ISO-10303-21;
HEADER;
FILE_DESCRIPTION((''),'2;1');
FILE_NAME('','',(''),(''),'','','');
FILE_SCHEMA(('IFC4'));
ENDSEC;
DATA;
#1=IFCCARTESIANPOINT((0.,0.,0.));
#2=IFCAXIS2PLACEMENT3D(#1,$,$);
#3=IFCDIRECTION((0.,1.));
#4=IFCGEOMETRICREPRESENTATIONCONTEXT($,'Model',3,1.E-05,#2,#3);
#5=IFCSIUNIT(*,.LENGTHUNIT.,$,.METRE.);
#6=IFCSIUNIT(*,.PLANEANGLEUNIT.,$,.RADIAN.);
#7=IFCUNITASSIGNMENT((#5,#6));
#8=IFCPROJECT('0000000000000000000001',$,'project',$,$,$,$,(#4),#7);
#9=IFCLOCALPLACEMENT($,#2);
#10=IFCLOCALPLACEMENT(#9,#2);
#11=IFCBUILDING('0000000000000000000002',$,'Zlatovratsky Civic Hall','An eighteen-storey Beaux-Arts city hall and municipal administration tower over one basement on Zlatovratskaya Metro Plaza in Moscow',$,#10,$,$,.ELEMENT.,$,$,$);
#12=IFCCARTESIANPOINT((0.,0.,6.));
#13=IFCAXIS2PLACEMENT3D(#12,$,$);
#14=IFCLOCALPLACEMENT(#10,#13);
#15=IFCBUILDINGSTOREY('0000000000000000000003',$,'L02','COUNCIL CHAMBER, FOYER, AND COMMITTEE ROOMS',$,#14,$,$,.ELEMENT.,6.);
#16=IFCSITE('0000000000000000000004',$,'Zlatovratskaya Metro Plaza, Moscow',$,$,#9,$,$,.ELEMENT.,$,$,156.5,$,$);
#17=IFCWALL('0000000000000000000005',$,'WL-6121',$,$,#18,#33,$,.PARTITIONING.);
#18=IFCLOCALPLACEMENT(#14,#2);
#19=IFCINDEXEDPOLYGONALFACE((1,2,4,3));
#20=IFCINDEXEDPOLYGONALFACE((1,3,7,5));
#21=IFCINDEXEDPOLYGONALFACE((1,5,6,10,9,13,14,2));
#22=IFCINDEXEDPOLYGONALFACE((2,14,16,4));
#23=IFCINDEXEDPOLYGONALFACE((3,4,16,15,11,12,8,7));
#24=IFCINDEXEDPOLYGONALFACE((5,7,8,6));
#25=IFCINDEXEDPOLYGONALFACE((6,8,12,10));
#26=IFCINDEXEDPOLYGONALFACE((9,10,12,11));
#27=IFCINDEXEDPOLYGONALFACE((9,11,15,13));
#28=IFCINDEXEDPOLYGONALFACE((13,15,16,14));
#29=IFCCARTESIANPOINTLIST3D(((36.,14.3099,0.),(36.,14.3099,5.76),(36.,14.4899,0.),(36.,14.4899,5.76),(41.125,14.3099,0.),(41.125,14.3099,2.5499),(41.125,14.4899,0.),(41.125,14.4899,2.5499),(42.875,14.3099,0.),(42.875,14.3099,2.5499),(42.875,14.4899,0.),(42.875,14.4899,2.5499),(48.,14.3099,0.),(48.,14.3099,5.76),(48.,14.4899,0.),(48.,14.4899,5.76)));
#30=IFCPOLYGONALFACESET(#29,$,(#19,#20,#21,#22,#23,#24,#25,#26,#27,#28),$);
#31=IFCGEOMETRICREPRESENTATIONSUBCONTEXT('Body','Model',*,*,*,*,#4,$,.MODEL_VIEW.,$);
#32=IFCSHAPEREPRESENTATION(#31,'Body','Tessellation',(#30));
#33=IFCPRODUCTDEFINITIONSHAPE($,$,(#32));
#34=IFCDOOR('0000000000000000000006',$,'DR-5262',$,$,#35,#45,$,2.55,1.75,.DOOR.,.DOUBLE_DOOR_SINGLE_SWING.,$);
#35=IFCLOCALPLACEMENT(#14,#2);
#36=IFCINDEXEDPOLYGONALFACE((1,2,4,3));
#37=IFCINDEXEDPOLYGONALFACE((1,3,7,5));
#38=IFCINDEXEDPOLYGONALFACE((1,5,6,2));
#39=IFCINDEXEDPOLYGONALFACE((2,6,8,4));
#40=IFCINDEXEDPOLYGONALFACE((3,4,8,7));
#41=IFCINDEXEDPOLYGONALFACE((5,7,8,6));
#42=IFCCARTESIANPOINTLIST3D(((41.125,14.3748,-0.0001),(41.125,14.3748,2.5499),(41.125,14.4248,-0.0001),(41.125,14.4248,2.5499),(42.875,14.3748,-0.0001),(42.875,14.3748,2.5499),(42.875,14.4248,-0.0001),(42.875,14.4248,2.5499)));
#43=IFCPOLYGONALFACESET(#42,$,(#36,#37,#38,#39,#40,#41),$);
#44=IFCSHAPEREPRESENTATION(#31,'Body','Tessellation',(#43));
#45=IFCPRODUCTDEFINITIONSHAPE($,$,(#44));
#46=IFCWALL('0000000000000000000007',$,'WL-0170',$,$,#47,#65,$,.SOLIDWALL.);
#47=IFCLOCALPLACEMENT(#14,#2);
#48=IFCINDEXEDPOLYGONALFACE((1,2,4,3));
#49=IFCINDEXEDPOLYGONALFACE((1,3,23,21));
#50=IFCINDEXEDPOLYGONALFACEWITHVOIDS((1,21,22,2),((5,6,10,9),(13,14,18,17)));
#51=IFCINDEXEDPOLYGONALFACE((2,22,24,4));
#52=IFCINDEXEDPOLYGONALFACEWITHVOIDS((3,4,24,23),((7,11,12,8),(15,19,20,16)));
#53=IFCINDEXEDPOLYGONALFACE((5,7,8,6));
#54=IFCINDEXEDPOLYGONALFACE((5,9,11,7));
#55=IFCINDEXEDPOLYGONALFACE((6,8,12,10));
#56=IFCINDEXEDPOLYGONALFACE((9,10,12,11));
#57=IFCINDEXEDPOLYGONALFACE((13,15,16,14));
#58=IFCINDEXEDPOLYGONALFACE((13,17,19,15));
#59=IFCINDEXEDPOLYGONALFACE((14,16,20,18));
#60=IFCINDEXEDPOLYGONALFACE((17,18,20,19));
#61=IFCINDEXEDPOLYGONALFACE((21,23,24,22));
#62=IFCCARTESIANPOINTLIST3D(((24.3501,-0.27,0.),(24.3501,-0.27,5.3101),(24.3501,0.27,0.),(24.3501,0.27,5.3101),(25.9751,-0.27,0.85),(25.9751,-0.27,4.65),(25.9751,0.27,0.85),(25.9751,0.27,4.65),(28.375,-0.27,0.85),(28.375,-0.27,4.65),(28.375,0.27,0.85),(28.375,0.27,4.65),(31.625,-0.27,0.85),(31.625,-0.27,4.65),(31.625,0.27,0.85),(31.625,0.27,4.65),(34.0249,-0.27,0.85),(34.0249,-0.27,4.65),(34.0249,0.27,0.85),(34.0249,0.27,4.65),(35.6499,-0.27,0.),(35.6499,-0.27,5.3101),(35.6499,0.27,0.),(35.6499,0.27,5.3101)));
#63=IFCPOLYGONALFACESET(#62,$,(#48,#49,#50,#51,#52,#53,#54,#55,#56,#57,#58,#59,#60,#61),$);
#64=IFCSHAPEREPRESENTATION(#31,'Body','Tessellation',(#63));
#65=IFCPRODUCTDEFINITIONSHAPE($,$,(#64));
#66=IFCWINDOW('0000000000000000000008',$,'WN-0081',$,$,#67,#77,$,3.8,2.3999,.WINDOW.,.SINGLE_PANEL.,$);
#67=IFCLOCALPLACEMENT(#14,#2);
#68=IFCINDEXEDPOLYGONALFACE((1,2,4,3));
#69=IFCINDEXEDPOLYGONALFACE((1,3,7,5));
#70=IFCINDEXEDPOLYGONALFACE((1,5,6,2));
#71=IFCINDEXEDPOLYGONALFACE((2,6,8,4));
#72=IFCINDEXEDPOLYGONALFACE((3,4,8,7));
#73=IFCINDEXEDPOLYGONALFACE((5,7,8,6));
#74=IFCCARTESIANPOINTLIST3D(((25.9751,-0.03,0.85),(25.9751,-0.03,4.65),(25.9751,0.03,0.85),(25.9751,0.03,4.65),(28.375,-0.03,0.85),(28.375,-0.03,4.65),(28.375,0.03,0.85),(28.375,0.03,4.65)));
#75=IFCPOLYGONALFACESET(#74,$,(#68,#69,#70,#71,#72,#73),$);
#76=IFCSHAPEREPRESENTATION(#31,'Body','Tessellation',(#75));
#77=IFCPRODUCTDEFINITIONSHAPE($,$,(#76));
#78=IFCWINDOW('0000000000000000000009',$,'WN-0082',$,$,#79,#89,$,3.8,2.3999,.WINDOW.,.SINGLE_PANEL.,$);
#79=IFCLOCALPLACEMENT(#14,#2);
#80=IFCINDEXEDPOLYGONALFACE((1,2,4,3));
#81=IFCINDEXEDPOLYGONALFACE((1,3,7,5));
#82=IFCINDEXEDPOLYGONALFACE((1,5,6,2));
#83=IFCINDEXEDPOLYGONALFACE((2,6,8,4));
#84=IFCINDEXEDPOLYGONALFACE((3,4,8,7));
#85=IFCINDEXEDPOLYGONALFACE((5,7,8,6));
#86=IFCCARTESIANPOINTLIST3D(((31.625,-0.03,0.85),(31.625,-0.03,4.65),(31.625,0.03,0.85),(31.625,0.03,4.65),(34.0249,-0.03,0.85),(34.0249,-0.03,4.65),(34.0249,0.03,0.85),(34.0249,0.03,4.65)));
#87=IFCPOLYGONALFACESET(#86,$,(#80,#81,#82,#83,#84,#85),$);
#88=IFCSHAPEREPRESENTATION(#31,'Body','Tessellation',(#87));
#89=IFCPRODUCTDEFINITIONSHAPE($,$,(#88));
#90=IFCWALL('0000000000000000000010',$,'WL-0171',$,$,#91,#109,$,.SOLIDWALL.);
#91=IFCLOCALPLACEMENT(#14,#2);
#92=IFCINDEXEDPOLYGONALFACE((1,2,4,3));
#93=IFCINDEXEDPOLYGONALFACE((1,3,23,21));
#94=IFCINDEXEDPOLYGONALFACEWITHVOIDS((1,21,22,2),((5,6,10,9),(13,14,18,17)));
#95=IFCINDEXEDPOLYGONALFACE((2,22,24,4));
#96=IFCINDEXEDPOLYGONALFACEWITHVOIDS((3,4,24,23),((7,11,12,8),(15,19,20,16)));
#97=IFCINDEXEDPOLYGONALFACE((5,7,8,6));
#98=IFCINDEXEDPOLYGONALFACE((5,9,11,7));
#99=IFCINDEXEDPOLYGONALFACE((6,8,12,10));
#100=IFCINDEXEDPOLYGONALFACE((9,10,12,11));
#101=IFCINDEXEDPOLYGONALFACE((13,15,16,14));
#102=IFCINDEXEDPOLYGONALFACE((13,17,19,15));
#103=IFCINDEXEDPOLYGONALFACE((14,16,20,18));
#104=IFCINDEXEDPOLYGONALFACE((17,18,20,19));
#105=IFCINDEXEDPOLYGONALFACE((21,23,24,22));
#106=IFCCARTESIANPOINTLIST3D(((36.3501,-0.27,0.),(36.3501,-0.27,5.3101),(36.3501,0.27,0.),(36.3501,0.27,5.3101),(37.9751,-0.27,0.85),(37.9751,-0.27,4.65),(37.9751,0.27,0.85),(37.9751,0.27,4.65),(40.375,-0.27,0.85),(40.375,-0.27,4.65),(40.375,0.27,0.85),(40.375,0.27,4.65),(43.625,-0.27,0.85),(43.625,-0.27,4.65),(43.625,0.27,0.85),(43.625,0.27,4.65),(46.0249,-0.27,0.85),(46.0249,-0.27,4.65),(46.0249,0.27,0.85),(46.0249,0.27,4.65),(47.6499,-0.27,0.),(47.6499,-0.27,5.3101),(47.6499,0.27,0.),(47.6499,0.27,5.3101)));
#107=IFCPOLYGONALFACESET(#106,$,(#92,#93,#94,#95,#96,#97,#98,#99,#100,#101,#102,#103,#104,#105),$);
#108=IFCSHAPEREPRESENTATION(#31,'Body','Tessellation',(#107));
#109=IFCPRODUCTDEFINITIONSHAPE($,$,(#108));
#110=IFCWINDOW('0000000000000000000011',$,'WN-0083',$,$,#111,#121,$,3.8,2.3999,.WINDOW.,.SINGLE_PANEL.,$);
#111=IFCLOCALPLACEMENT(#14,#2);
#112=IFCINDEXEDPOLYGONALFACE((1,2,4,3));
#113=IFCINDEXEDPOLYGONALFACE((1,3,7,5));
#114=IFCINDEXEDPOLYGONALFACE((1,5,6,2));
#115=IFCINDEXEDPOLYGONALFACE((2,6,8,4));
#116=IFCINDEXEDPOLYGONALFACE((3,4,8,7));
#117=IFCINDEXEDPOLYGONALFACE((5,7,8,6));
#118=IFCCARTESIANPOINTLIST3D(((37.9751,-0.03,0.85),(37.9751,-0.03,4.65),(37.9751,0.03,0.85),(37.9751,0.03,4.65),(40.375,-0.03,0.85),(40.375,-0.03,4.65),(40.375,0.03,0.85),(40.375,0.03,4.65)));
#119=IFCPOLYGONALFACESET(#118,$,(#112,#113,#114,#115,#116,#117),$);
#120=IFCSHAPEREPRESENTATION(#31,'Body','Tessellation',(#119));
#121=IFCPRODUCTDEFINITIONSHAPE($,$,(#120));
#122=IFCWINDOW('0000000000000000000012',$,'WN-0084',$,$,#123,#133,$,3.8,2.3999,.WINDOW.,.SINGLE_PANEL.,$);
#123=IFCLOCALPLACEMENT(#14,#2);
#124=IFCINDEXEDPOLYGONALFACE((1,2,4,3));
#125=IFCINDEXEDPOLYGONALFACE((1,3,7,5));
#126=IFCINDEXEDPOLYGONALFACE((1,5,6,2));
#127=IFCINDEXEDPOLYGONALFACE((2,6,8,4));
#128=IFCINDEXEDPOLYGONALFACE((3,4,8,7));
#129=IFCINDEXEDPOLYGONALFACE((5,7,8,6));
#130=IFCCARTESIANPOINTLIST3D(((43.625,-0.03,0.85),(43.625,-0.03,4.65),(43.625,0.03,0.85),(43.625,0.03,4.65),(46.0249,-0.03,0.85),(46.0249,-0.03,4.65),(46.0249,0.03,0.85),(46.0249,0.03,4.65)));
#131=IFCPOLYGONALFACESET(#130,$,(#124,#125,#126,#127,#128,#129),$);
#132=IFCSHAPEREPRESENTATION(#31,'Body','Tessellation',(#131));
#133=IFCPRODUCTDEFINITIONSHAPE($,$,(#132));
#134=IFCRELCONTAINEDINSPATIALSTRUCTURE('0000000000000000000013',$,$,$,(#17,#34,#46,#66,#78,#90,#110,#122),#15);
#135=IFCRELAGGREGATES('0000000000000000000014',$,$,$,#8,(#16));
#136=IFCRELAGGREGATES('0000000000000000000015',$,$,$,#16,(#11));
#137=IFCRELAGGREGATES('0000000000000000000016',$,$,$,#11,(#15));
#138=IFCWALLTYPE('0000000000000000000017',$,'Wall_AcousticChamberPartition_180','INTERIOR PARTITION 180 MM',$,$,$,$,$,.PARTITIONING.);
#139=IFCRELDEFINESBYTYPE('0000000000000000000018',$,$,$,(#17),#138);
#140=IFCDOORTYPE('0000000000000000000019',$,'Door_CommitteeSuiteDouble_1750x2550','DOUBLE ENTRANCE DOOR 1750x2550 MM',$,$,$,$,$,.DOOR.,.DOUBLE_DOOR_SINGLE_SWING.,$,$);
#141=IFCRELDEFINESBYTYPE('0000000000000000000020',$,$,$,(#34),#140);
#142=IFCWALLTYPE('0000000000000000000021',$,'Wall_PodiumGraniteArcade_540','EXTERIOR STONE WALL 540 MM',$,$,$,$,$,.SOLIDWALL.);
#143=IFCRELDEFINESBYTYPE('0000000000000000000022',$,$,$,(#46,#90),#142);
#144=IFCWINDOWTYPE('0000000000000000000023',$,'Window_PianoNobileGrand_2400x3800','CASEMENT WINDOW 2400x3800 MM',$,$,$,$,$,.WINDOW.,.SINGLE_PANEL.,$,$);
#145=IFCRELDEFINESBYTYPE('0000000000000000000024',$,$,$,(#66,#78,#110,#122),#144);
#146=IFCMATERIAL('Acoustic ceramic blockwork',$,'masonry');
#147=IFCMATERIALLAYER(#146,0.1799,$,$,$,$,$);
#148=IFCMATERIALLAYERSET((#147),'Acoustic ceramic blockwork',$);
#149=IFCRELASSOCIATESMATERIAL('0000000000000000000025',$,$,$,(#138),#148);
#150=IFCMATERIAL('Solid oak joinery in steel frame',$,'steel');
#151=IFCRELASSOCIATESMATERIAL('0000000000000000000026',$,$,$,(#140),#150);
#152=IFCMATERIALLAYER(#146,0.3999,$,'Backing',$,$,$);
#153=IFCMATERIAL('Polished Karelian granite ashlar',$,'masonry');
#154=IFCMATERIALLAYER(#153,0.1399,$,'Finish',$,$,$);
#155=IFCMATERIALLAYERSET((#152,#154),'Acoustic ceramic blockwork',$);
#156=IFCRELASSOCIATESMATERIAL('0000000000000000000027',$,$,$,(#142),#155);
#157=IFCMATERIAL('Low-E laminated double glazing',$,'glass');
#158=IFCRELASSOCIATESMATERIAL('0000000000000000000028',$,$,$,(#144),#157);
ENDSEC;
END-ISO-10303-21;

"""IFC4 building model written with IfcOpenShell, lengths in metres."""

from ifc_helpers import new_model, si_unit, direction, frame, frame_2d, origin, place, context, subcontext, project, spatial, rectangle, extrude, material, layer, layer_set, type_object, element, fill, save


model = new_model("IFC4")

# Units and contexts
model_context = context("Model", 3, precision=1e-05, world=origin(), true_north=direction((0.0, 1.0)))
body_context = subcontext(model_context, "Body", "Model", "MODEL_VIEW")
ifc_project = project(units=[si_unit("LENGTHUNIT", "METRE"), si_unit("PLANEANGLEUNIT", "RADIAN")], contexts=[model_context])

# Site, building, storey
site_placement = place(None, origin())
site = spatial("IfcSite", under=ifc_project, at=site_placement, Name="Zlatovratskaya Metro Plaza, Moscow", CompositionType="ELEMENT", RefElevation=156.5)
building_placement = place(site_placement, origin())
building = spatial("IfcBuilding", under=site, at=building_placement, Name="Zlatovratsky Civic Hall", Description="An eighteen-storey Beaux-Arts city hall and municipal administration tower over one basement on Zlatovratskaya Metro Plaza in Moscow", CompositionType="ELEMENT")
storey_placement = place(building_placement, frame((0.0, 0.0, 6.0)))
storey = spatial("IfcBuildingStorey", under=building, at=storey_placement, Name="L02", Description="COUNCIL CHAMBER, FOYER, AND COMMITTEE ROOMS", CompositionType="ELEMENT", Elevation=6.0)

# Wall, opening, door
ifc_material_1 = material(Name="Acoustic ceramic blockwork", Category="masonry")
ifc_layer_1 = layer(ifc_material_1, 0.1799)
ifc_layer_set_1 = layer_set([ifc_layer_1], Name="Acoustic ceramic blockwork")
wall_type_1 = type_object("IfcWallType", Name="Wall_AcousticChamberPartition_180", Description="INTERIOR PARTITION 180 MM", PredefinedType="PARTITIONING", material=ifc_layer_set_1)
wall_1_placement = place(storey_placement, frame((36.0, 14.3999, 0.0), z_axis=(0.0, 0.0, 1.0), x_axis=(1.0, 0.0, 0.0)))
wall_1 = element("IfcWall", 1, at=wall_1_placement, inside=storey, type_object=wall_type_1, Name="WL-6121", PredefinedType="PARTITIONING", context=body_context, shape_type="SweptSolid", body=[
    extrude(rectangle(XDim=12.0, YDim=0.1799, at=frame_2d((6.0, 0.0))), origin(), (0.0, 0.0, 1.0), 5.76),
])
opening_1_placement = place(wall_1_placement, frame((5.125, 0.0, 0.0)))
opening_1 = element("IfcOpeningElement", 2, at=opening_1_placement, cuts=wall_1, PredefinedType="OPENING", context=body_context, shape_type="SweptSolid", body=[
    extrude(rectangle(XDim=1.75, YDim=2.55, at=frame_2d((0.875, 1.2749))), frame((0.0, 0.105, 0.0), z_axis=(0.0, -1.0, 0.0), x_axis=(1.0, 0.0, 0.0)), (0.0, 0.0, 1.0), 0.2097),
])
ifc_material_2 = material(Name="Solid oak joinery in steel frame", Category="steel")
door_type = type_object("IfcDoorType", Name="Door_CommitteeSuiteDouble_1750x2550", Description="DOUBLE ENTRANCE DOOR 1750x2550 MM", OperationType="DOUBLE_DOOR_SINGLE_SWING", PredefinedType="DOOR", material=ifc_material_2)
door_placement = place(opening_1_placement, origin())
door = element("IfcDoor", 3, at=door_placement, inside=storey, type_object=door_type, Name="DR-5262", OperationType="DOUBLE_DOOR_SINGLE_SWING", OverallHeight=2.55, OverallWidth=1.75, PredefinedType="DOOR", context=body_context, shape_type="SweptSolid", body=[
    extrude(rectangle(XDim=1.75, YDim=2.55, at=frame_2d((0.875, 1.2749))), frame((0.0, 0.0249, 0.0), z_axis=(0.0, -1.0, 0.0), x_axis=(1.0, 0.0, 0.0)), (0.0, 0.0, 1.0), 0.05),
])
fill(opening_1, door)

# Walls, openings, windows
ifc_layer_2 = layer(ifc_material_1, 0.3999, Name="Backing")
ifc_material_3 = material(Name="Polished Karelian granite ashlar", Category="masonry")
ifc_layer_3 = layer(ifc_material_3, 0.1399, Name="Finish")
ifc_layer_set_2 = layer_set([ifc_layer_2, ifc_layer_3], Name="Acoustic ceramic blockwork")
wall_type_2 = type_object("IfcWallType", Name="Wall_PodiumGraniteArcade_540", Description="EXTERIOR STONE WALL 540 MM", PredefinedType="SOLIDWALL", material=ifc_layer_set_2)
wall_2_placement = place(storey_placement, frame((24.3501, 0.0, 0.0), z_axis=(0.0, 0.0, 1.0), x_axis=(1.0, 0.0, 0.0)))
wall_2 = element("IfcWall", 4, at=wall_2_placement, inside=storey, type_object=wall_type_2, Name="WL-0170", PredefinedType="SOLIDWALL", context=body_context, shape_type="SweptSolid", body=[
    extrude(rectangle(XDim=11.2998, YDim=0.54, at=frame_2d((5.6499, 0.0))), origin(), (0.0, 0.0, 1.0), 5.3101),
])
opening_2_placement = place(wall_2_placement, frame((1.625, 0.0, 0.8501)))
opening_2 = element("IfcOpeningElement", 5, at=opening_2_placement, cuts=wall_2, PredefinedType="OPENING", context=body_context, shape_type="SweptSolid", body=[
    extrude(rectangle(XDim=2.3999, YDim=3.8, at=frame_2d((1.2, 1.8999))), frame((0.0, 0.2849, 0.0), z_axis=(0.0, -1.0, 0.0), x_axis=(1.0, 0.0, 0.0)), (0.0, 0.0, 1.0), 0.5698),
])
opening_3_placement = place(wall_2_placement, frame((7.2749, 0.0, 0.8501)))
opening_3 = element("IfcOpeningElement", 6, at=opening_3_placement, cuts=wall_2, PredefinedType="OPENING", context=body_context, shape_type="SweptSolid", body=[
    extrude(rectangle(XDim=2.3999, YDim=3.8, at=frame_2d((1.2, 1.8999))), frame((0.0, 0.2849, 0.0), z_axis=(0.0, -1.0, 0.0), x_axis=(1.0, 0.0, 0.0)), (0.0, 0.0, 1.0), 0.5698),
])
ifc_material_4 = material(Name="Low-E laminated double glazing", Category="glass")
window_type = type_object("IfcWindowType", Name="Window_PianoNobileGrand_2400x3800", Description="CASEMENT WINDOW 2400x3800 MM", PartitioningType="SINGLE_PANEL", PredefinedType="WINDOW", material=ifc_material_4)
window_1_placement = place(opening_2_placement, origin())
window_1 = element("IfcWindow", 7, at=window_1_placement, inside=storey, type_object=window_type, Name="WN-0081", OverallHeight=3.8, OverallWidth=2.3999, PartitioningType="SINGLE_PANEL", PredefinedType="WINDOW", context=body_context, shape_type="SweptSolid", body=[
    extrude(rectangle(XDim=2.3999, YDim=3.8, at=frame_2d((1.2, 1.8999))), frame((0.0, 0.03, 0.0), z_axis=(0.0, -1.0, 0.0), x_axis=(1.0, 0.0, 0.0)), (0.0, 0.0, 1.0), 0.0601),
])
fill(opening_2, window_1)
window_2_placement = place(opening_3_placement, origin())
window_2 = element("IfcWindow", 8, at=window_2_placement, inside=storey, type_object=window_type, Name="WN-0082", OverallHeight=3.8, OverallWidth=2.3999, PartitioningType="SINGLE_PANEL", PredefinedType="WINDOW", context=body_context, shape_type="SweptSolid", body=[
    extrude(rectangle(XDim=2.3999, YDim=3.8, at=frame_2d((1.2, 1.8999))), frame((0.0, 0.03, 0.0), z_axis=(0.0, -1.0, 0.0), x_axis=(1.0, 0.0, 0.0)), (0.0, 0.0, 1.0), 0.0601),
])
fill(opening_3, window_2)
wall_3_placement = place(storey_placement, frame((36.3501, 0.0, 0.0), z_axis=(0.0, 0.0, 1.0), x_axis=(1.0, 0.0, 0.0)))
wall_3 = element("IfcWall", 9, at=wall_3_placement, inside=storey, type_object=wall_type_2, Name="WL-0171", PredefinedType="SOLIDWALL", context=body_context, shape_type="SweptSolid", body=[
    extrude(rectangle(XDim=11.2998, YDim=0.54, at=frame_2d((5.6499, 0.0))), origin(), (0.0, 0.0, 1.0), 5.3101),
])
opening_4_placement = place(wall_3_placement, frame((1.625, 0.0, 0.8501)))
opening_4 = element("IfcOpeningElement", 10, at=opening_4_placement, cuts=wall_3, PredefinedType="OPENING", context=body_context, shape_type="SweptSolid", body=[
    extrude(rectangle(XDim=2.3999, YDim=3.8, at=frame_2d((1.2, 1.8999))), frame((0.0, 0.2849, 0.0), z_axis=(0.0, -1.0, 0.0), x_axis=(1.0, 0.0, 0.0)), (0.0, 0.0, 1.0), 0.5698),
])
opening_5_placement = place(wall_3_placement, frame((7.2749, 0.0, 0.8501)))
opening_5 = element("IfcOpeningElement", 11, at=opening_5_placement, cuts=wall_3, PredefinedType="OPENING", context=body_context, shape_type="SweptSolid", body=[
    extrude(rectangle(XDim=2.3999, YDim=3.8, at=frame_2d((1.2, 1.8999))), frame((0.0, 0.2849, 0.0), z_axis=(0.0, -1.0, 0.0), x_axis=(1.0, 0.0, 0.0)), (0.0, 0.0, 1.0), 0.5698),
])
window_3_placement = place(opening_4_placement, origin())
window_3 = element("IfcWindow", 12, at=window_3_placement, inside=storey, type_object=window_type, Name="WN-0083", OverallHeight=3.8, OverallWidth=2.3999, PartitioningType="SINGLE_PANEL", PredefinedType="WINDOW", context=body_context, shape_type="SweptSolid", body=[
    extrude(rectangle(XDim=2.3999, YDim=3.8, at=frame_2d((1.2, 1.8999))), frame((0.0, 0.03, 0.0), z_axis=(0.0, -1.0, 0.0), x_axis=(1.0, 0.0, 0.0)), (0.0, 0.0, 1.0), 0.0601),
])
fill(opening_4, window_3)
window_4_placement = place(opening_5_placement, origin())
window_4 = element("IfcWindow", 13, at=window_4_placement, inside=storey, type_object=window_type, Name="WN-0084", OverallHeight=3.8, OverallWidth=2.3999, PartitioningType="SINGLE_PANEL", PredefinedType="WINDOW", context=body_context, shape_type="SweptSolid", body=[
    extrude(rectangle(XDim=2.3999, YDim=3.8, at=frame_2d((1.2, 1.8999))), frame((0.0, 0.03, 0.0), z_axis=(0.0, -1.0, 0.0), x_axis=(1.0, 0.0, 0.0)), (0.0, 0.0, 1.0), 0.0601),
])
fill(opening_5, window_4)

save(model, "model.ifc")
